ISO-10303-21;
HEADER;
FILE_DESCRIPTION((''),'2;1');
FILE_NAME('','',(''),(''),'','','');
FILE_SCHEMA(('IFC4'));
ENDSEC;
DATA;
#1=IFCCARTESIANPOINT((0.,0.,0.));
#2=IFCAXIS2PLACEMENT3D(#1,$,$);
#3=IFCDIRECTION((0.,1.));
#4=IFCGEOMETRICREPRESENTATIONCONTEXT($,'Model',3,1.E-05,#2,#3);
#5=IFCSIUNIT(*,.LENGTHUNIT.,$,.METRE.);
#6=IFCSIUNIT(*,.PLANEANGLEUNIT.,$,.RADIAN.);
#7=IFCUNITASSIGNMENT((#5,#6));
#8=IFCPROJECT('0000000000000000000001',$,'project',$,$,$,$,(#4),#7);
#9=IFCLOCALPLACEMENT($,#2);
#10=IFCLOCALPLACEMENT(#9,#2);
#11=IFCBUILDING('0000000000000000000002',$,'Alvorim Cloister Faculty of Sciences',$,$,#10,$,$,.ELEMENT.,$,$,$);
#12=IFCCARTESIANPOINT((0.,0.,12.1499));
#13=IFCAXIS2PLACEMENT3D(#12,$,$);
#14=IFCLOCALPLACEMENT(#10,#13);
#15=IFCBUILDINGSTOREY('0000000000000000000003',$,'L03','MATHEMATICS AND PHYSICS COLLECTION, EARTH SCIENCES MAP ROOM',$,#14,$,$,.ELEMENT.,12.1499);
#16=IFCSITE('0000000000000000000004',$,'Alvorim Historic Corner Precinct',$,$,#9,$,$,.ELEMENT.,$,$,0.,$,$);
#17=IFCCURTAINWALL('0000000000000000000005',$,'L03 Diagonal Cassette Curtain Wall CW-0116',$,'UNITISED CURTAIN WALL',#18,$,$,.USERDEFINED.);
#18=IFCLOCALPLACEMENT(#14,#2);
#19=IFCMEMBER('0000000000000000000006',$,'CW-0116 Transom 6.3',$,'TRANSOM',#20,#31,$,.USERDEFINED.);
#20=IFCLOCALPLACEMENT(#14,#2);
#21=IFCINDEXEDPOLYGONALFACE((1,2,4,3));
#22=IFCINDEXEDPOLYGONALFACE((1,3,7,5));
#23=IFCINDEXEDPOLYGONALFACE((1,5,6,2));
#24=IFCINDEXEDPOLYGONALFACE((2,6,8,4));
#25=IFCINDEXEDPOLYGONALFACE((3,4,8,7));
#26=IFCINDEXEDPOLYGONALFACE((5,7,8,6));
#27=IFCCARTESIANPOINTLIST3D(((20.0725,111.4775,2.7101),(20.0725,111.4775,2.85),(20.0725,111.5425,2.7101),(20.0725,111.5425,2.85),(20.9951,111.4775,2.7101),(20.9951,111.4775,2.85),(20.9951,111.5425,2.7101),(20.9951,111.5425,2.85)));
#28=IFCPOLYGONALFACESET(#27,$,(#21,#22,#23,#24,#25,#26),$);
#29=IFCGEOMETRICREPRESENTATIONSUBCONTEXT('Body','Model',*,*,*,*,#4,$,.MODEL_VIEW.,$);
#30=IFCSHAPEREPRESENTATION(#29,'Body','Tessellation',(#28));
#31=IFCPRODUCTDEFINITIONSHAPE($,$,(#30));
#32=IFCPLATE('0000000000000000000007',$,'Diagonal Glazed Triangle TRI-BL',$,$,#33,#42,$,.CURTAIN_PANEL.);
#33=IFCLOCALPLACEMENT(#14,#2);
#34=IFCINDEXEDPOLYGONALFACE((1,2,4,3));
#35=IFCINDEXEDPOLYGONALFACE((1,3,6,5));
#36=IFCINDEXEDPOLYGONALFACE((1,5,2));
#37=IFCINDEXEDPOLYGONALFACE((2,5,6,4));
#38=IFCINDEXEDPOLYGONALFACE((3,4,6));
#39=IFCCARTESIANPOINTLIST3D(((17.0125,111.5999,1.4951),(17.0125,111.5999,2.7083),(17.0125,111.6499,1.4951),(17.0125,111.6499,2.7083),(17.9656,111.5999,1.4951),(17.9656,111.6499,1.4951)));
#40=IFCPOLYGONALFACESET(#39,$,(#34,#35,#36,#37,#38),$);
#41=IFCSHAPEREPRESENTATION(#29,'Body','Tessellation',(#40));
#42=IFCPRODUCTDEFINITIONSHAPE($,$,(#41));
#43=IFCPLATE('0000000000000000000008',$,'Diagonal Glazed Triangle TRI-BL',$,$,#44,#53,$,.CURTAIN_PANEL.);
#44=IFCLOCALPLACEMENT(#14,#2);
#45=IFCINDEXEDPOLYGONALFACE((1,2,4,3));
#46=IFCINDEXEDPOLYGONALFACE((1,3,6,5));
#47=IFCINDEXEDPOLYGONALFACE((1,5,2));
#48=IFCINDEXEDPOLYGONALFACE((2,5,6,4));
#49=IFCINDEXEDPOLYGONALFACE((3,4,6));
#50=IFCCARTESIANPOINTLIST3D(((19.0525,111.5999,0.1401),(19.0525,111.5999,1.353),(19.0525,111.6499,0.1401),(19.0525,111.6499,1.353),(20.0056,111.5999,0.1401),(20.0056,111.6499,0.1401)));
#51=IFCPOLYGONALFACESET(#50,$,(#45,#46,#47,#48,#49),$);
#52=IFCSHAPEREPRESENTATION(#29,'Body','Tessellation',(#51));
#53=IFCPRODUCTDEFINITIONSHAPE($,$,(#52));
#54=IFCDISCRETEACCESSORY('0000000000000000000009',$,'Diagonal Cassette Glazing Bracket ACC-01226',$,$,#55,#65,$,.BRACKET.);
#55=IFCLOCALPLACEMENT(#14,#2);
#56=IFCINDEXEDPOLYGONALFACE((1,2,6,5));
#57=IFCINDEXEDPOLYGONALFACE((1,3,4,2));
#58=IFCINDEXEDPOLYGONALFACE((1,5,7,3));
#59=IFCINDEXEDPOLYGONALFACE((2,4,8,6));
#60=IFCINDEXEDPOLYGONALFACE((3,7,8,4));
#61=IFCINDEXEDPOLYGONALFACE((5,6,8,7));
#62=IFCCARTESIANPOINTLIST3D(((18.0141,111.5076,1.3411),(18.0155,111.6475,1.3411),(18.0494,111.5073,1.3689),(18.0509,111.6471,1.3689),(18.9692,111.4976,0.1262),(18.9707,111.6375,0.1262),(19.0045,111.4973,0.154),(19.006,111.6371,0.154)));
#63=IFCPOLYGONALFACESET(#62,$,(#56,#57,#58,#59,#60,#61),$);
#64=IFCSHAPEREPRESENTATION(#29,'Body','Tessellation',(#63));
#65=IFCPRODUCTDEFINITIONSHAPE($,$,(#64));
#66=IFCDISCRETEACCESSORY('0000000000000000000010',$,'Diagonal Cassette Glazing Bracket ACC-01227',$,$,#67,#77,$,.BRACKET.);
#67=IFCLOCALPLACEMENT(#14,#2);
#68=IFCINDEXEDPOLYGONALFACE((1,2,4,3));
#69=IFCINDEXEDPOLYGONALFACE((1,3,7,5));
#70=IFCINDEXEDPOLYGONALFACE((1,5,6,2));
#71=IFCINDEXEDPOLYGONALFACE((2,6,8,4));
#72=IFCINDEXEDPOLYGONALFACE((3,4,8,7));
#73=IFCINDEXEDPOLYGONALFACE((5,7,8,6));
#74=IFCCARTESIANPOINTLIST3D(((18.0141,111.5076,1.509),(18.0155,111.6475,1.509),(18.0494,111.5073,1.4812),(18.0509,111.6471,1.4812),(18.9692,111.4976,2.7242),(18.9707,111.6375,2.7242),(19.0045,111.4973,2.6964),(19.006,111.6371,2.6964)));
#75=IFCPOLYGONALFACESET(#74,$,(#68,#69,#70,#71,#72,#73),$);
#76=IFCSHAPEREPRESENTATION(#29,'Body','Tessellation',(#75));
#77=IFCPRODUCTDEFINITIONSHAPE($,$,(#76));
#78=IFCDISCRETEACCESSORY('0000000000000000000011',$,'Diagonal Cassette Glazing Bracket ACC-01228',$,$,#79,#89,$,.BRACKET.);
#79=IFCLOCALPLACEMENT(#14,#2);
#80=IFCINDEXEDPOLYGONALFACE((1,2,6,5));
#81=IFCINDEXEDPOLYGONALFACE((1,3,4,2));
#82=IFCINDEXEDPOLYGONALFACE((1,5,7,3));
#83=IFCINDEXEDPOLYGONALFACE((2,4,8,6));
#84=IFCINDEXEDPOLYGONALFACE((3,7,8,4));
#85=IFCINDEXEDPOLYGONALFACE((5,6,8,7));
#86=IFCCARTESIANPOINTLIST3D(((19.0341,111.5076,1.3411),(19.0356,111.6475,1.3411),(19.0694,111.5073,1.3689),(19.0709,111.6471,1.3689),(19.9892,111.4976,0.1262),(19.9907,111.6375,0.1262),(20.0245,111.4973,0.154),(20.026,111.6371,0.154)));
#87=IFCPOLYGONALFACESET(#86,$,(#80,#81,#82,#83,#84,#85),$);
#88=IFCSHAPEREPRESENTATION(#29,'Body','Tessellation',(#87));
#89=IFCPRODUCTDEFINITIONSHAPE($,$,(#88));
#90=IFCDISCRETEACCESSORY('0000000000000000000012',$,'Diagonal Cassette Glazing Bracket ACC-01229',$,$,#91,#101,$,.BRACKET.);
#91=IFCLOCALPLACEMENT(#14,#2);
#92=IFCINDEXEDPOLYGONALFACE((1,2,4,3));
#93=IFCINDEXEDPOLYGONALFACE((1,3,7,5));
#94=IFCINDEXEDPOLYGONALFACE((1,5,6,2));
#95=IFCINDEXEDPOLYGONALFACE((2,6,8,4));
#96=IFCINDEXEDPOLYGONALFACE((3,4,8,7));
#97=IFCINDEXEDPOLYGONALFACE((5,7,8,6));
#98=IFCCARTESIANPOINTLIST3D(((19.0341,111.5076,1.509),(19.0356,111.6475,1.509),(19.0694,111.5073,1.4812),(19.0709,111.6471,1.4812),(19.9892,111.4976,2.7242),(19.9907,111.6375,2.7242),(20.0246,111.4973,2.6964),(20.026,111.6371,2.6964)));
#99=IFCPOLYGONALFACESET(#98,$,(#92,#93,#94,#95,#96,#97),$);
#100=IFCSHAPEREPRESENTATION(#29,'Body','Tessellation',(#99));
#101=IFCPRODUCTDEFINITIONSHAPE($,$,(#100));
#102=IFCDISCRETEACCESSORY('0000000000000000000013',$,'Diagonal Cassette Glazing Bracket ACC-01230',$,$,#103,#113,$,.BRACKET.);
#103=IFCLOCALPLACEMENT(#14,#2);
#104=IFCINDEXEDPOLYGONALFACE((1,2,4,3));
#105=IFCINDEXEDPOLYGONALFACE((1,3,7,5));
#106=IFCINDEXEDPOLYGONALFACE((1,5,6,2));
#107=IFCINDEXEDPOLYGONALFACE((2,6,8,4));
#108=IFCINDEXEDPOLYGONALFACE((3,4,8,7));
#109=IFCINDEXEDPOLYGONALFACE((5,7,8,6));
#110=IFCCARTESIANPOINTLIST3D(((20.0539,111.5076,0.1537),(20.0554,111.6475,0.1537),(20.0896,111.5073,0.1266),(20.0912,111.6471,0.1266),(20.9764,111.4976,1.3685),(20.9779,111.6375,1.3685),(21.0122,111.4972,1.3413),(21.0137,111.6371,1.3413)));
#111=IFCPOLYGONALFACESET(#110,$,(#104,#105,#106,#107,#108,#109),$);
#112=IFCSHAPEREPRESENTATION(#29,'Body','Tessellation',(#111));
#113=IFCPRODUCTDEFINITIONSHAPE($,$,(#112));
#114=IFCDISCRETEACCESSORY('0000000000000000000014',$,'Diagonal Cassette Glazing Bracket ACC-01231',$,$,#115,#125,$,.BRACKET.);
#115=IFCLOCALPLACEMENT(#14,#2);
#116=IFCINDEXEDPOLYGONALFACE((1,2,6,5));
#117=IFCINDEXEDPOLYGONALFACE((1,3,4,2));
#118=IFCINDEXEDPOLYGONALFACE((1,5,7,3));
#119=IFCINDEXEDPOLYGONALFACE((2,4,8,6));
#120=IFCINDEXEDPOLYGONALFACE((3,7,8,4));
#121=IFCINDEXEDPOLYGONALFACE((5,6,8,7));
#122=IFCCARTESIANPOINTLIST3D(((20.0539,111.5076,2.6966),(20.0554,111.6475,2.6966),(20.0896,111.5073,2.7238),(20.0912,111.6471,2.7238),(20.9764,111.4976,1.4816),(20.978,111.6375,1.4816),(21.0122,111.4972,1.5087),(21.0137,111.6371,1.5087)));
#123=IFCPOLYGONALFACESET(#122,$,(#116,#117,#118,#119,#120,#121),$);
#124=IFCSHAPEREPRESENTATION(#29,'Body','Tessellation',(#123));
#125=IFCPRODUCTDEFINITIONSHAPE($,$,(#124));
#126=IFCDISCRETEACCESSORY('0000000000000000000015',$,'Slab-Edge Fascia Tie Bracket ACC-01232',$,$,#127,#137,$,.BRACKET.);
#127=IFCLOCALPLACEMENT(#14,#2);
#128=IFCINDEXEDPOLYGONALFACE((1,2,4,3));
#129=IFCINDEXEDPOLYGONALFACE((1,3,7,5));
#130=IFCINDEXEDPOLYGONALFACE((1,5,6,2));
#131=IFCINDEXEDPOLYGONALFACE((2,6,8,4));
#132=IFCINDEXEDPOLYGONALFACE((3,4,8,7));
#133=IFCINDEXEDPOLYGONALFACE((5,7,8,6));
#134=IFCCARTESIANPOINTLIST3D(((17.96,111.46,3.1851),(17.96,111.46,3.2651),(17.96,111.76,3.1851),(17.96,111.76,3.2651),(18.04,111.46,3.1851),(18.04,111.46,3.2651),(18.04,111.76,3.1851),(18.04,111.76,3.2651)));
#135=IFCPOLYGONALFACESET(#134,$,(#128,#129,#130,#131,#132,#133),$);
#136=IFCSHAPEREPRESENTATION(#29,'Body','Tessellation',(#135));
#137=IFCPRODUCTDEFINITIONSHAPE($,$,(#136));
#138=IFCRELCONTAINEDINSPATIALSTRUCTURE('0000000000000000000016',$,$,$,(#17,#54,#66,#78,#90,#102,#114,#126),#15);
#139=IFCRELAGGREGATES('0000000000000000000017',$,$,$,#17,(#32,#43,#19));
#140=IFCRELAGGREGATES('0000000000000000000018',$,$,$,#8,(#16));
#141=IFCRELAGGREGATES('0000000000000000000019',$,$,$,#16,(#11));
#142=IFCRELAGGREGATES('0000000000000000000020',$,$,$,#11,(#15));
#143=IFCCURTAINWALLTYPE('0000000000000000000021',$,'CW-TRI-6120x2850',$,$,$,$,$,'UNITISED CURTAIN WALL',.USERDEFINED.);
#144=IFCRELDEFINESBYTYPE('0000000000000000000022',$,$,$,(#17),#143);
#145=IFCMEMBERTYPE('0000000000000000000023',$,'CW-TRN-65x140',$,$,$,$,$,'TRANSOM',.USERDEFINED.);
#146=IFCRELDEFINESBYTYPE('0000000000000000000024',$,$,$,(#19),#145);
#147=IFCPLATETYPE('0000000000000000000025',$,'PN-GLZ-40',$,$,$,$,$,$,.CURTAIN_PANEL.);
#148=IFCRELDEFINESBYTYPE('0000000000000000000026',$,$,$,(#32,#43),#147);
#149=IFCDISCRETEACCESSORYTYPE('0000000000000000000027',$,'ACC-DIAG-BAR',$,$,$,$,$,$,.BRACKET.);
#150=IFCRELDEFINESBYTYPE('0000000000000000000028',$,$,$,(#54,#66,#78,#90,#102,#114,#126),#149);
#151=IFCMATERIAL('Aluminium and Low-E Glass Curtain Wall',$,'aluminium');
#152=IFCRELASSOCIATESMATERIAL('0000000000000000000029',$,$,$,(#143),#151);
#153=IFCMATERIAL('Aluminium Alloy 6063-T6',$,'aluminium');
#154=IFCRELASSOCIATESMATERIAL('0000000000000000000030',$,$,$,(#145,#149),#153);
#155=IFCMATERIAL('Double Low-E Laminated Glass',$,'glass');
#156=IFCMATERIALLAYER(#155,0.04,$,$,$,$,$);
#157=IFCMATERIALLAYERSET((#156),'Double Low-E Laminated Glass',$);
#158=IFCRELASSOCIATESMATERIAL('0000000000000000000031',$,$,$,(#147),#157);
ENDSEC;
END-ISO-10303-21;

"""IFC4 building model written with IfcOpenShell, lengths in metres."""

from ifc_helpers import new_model, si_unit, direction, frame, origin, origin_2d, place, context, subcontext, project, spatial, polyline, rectangle, outline, extrude, material, layer, layer_set, material_profile, profile_set, type_object, element, aggregate, save


model = new_model("IFC4")

# Units and contexts
model_context = context("Model", 3, precision=1e-05, world=origin(), true_north=direction((0.0, 1.0)))
body_context = subcontext(model_context, "Body", "Model", "MODEL_VIEW")
ifc_project = project(units=[si_unit("LENGTHUNIT", "METRE"), si_unit("PLANEANGLEUNIT", "RADIAN")], contexts=[model_context])

# Site, building, storey
site_placement = place(None, origin())
site = spatial("IfcSite", under=ifc_project, at=site_placement, Name="Alvorim Historic Corner Precinct", CompositionType="ELEMENT", RefElevation=0.0)
building_placement = place(site_placement, origin())
building = spatial("IfcBuilding", under=site, at=building_placement, Name="Alvorim Cloister Faculty of Sciences", CompositionType="ELEMENT")
storey_placement = place(building_placement, frame((0.0, 0.0, 12.1499)))
storey = spatial("IfcBuildingStorey", under=building, at=storey_placement, Name="L03", Description="MATHEMATICS AND PHYSICS COLLECTION, EARTH SCIENCES MAP ROOM", CompositionType="ELEMENT", Elevation=12.1499)

# Curtain wall
ifc_material_1 = material(Name="Aluminium and Low-E Glass Curtain Wall", Category="aluminium")
curtain_wall_type_1 = type_object("IfcCurtainWallType", Name="CW-TRI-6120x2850", ElementType="UNITISED CURTAIN WALL", PredefinedType="USERDEFINED", material=ifc_material_1)
curtain_wall_1_placement = place(storey_placement, origin())
curtain_wall_1 = element("IfcCurtainWall", 1, at=curtain_wall_1_placement, inside=storey, type_object=curtain_wall_type_1, Name="L03 Diagonal Cassette Curtain Wall CW-0116", ObjectType="UNITISED CURTAIN WALL", PredefinedType="USERDEFINED")
ifc_material_2 = material(Name="Aluminium Alloy 6063-T6", Category="aluminium")

# Member
ifc_material_profile_1 = material_profile(ifc_material_2, rectangle(XDim=0.0649, YDim=0.1399, at=origin_2d()), Name="ALU-TRN-65x140")
ifc_profile_set_1 = profile_set([ifc_material_profile_1], Name="Aluminium Alloy 6063-T6")
member_type_1 = type_object("IfcMemberType", Name="CW-TRN-65x140", ElementType="TRANSOM", PredefinedType="USERDEFINED", material=ifc_profile_set_1)
member_1_placement = place(storey_placement, frame((20.0725, 111.51, 2.78), z_axis=(1.0, 0.0, 0.0), x_axis=(0.0, 1.0, 0.0)))
member_1 = element("IfcMember", 2, at=member_1_placement, type_object=member_type_1, Name="CW-0116 Transom 6.3", ObjectType="TRANSOM", PredefinedType="USERDEFINED", context=body_context, shape_type="SweptSolid", body=[
    extrude(rectangle(XDim=0.0649, YDim=0.1399, at=origin_2d()), origin(), (0.0, 0.0, 1.0), 0.9226),
])

# Plates
ifc_material_3 = material(Name="Double Low-E Laminated Glass", Category="glass")
ifc_layer = layer(ifc_material_3, 0.04)
ifc_layer_set = layer_set([ifc_layer], Name="Double Low-E Laminated Glass")
plate_type = type_object("IfcPlateType", Name="PN-GLZ-40", PredefinedType="CURTAIN_PANEL", material=ifc_layer_set)
plate_1_placement = place(storey_placement, frame((17.0125, 111.625, 1.4951), z_axis=(0.0, 0.0, 1.0), x_axis=(1.0, 0.0, 0.0)))
plate_1 = element("IfcPlate", 3, at=plate_1_placement, type_object=plate_type, Name="Diagonal Glazed Triangle TRI-BL", PredefinedType="CURTAIN_PANEL", context=body_context, shape_type="SweptSolid", body=[
    extrude(outline(polyline([(0.0, 0.0), (0.9531, 0.0), (0.0, 1.2131), (0.0, 0.0)])), frame((0.0, 0.0249, 0.0), z_axis=(0.0, -1.0, 0.0), x_axis=(1.0, 0.0, 0.0)), (0.0, 0.0, 1.0), 0.05),
])
plate_2_placement = place(storey_placement, frame((19.0525, 111.625, 0.1401), z_axis=(0.0, 0.0, 1.0), x_axis=(1.0, 0.0, 0.0)))
plate_2 = element("IfcPlate", 4, at=plate_2_placement, type_object=plate_type, Name="Diagonal Glazed Triangle TRI-BL", PredefinedType="CURTAIN_PANEL", context=body_context, shape_type="SweptSolid", body=[
    extrude(outline(polyline([(0.0, 0.0), (0.9531, 0.0), (0.0, 1.2129), (0.0, 0.0)])), frame((0.0, 0.0249, 0.0), z_axis=(0.0, -1.0, 0.0), x_axis=(1.0, 0.0, 0.0)), (0.0, 0.0, 1.0), 0.05),
])
aggregate(curtain_wall_1, [plate_1, plate_2, member_1])

# Discrete accessories
discrete_accessory_type = type_object("IfcDiscreteAccessoryType", Name="ACC-DIAG-BAR", PredefinedType="BRACKET", material=ifc_material_2)
discrete_accessory_1_placement = place(storey_placement, frame((18.0325, 111.5774, 1.355), z_axis=(0.618032, -0.006477, -0.786126), x_axis=(0.01048, 0.999945, 0.0)))
element("IfcDiscreteAccessory", 5, at=discrete_accessory_1_placement, inside=storey, type_object=discrete_accessory_type, Name="Diagonal Cassette Glazing Bracket ACC-01226", PredefinedType="BRACKET", context=body_context, shape_type="SweptSolid", body=[
    extrude(rectangle(XDim=0.1399, YDim=0.0449, at=origin_2d()), origin(), (0.0, 0.0, 1.0), 1.5454),
])
discrete_accessory_2_placement = place(storey_placement, frame((18.0325, 111.5774, 1.4951), z_axis=(0.617955, -0.006477, 0.786187), x_axis=(0.01048, 0.999945, 0.0)))
element("IfcDiscreteAccessory", 6, at=discrete_accessory_2_placement, inside=storey, type_object=discrete_accessory_type, Name="Diagonal Cassette Glazing Bracket ACC-01227", PredefinedType="BRACKET", context=body_context, shape_type="SweptSolid", body=[
    extrude(rectangle(XDim=0.1399, YDim=0.0449, at=origin_2d()), origin(), (0.0, 0.0, 1.0), 1.5457),
])
discrete_accessory_3_placement = place(storey_placement, frame((19.0525, 111.5774, 1.355), z_axis=(0.618032, -0.006477, -0.786126), x_axis=(0.01048, 0.999945, 0.0)))
element("IfcDiscreteAccessory", 7, at=discrete_accessory_3_placement, inside=storey, type_object=discrete_accessory_type, Name="Diagonal Cassette Glazing Bracket ACC-01228", PredefinedType="BRACKET", context=body_context, shape_type="SweptSolid", body=[
    extrude(rectangle(XDim=0.1399, YDim=0.0449, at=origin_2d()), origin(), (0.0, 0.0, 1.0), 1.5454),
])
discrete_accessory_4_placement = place(storey_placement, frame((19.0525, 111.5774, 1.4951), z_axis=(0.617955, -0.006477, 0.786187), x_axis=(0.01048, 0.999945, 0.0)))
element("IfcDiscreteAccessory", 8, at=discrete_accessory_4_placement, inside=storey, type_object=discrete_accessory_type, Name="Diagonal Cassette Glazing Bracket ACC-01229", PredefinedType="BRACKET", context=body_context, shape_type="SweptSolid", body=[
    extrude(rectangle(XDim=0.1399, YDim=0.0449, at=origin_2d()), origin(), (0.0, 0.0, 1.0), 1.5457),
])
discrete_accessory_5_placement = place(storey_placement, frame((20.0725, 111.5774, 0.1401), z_axis=(0.60479, -0.006562, 0.796358), x_axis=(0.010849, 0.999941, 0.0)))
element("IfcDiscreteAccessory", 9, at=discrete_accessory_5_placement, inside=storey, type_object=discrete_accessory_type, Name="Diagonal Cassette Glazing Bracket ACC-01230", PredefinedType="BRACKET", context=body_context, shape_type="SweptSolid", body=[
    extrude(rectangle(XDim=0.1399, YDim=0.0449, at=origin_2d()), origin(), (0.0, 0.0, 1.0), 1.5254),
])
discrete_accessory_6_placement = place(storey_placement, frame((20.0725, 111.5774, 2.7102), z_axis=(0.604713, -0.006561, -0.796416), x_axis=(0.010849, 0.999941, 0.0)))
element("IfcDiscreteAccessory", 10, at=discrete_accessory_6_placement, inside=storey, type_object=discrete_accessory_type, Name="Diagonal Cassette Glazing Bracket ACC-01231", PredefinedType="BRACKET", context=body_context, shape_type="SweptSolid", body=[
    extrude(rectangle(XDim=0.1399, YDim=0.0449, at=origin_2d()), origin(), (0.0, 0.0, 1.0), 1.5256),
])
discrete_accessory_7_placement = place(storey_placement, frame((18.0, 111.46, 3.2251), z_axis=(0.0, 1.0, 0.0), x_axis=(-1.0, 0.0, 0.0)))
element("IfcDiscreteAccessory", 11, at=discrete_accessory_7_placement, inside=storey, type_object=discrete_accessory_type, Name="Slab-Edge Fascia Tie Bracket ACC-01232", PredefinedType="BRACKET", context=body_context, shape_type="SweptSolid", body=[
    extrude(rectangle(XDim=0.0801, YDim=0.0801, at=origin_2d()), origin(), (0.0, 0.0, 1.0), 0.3),
])

save(model, "model.ifc")
